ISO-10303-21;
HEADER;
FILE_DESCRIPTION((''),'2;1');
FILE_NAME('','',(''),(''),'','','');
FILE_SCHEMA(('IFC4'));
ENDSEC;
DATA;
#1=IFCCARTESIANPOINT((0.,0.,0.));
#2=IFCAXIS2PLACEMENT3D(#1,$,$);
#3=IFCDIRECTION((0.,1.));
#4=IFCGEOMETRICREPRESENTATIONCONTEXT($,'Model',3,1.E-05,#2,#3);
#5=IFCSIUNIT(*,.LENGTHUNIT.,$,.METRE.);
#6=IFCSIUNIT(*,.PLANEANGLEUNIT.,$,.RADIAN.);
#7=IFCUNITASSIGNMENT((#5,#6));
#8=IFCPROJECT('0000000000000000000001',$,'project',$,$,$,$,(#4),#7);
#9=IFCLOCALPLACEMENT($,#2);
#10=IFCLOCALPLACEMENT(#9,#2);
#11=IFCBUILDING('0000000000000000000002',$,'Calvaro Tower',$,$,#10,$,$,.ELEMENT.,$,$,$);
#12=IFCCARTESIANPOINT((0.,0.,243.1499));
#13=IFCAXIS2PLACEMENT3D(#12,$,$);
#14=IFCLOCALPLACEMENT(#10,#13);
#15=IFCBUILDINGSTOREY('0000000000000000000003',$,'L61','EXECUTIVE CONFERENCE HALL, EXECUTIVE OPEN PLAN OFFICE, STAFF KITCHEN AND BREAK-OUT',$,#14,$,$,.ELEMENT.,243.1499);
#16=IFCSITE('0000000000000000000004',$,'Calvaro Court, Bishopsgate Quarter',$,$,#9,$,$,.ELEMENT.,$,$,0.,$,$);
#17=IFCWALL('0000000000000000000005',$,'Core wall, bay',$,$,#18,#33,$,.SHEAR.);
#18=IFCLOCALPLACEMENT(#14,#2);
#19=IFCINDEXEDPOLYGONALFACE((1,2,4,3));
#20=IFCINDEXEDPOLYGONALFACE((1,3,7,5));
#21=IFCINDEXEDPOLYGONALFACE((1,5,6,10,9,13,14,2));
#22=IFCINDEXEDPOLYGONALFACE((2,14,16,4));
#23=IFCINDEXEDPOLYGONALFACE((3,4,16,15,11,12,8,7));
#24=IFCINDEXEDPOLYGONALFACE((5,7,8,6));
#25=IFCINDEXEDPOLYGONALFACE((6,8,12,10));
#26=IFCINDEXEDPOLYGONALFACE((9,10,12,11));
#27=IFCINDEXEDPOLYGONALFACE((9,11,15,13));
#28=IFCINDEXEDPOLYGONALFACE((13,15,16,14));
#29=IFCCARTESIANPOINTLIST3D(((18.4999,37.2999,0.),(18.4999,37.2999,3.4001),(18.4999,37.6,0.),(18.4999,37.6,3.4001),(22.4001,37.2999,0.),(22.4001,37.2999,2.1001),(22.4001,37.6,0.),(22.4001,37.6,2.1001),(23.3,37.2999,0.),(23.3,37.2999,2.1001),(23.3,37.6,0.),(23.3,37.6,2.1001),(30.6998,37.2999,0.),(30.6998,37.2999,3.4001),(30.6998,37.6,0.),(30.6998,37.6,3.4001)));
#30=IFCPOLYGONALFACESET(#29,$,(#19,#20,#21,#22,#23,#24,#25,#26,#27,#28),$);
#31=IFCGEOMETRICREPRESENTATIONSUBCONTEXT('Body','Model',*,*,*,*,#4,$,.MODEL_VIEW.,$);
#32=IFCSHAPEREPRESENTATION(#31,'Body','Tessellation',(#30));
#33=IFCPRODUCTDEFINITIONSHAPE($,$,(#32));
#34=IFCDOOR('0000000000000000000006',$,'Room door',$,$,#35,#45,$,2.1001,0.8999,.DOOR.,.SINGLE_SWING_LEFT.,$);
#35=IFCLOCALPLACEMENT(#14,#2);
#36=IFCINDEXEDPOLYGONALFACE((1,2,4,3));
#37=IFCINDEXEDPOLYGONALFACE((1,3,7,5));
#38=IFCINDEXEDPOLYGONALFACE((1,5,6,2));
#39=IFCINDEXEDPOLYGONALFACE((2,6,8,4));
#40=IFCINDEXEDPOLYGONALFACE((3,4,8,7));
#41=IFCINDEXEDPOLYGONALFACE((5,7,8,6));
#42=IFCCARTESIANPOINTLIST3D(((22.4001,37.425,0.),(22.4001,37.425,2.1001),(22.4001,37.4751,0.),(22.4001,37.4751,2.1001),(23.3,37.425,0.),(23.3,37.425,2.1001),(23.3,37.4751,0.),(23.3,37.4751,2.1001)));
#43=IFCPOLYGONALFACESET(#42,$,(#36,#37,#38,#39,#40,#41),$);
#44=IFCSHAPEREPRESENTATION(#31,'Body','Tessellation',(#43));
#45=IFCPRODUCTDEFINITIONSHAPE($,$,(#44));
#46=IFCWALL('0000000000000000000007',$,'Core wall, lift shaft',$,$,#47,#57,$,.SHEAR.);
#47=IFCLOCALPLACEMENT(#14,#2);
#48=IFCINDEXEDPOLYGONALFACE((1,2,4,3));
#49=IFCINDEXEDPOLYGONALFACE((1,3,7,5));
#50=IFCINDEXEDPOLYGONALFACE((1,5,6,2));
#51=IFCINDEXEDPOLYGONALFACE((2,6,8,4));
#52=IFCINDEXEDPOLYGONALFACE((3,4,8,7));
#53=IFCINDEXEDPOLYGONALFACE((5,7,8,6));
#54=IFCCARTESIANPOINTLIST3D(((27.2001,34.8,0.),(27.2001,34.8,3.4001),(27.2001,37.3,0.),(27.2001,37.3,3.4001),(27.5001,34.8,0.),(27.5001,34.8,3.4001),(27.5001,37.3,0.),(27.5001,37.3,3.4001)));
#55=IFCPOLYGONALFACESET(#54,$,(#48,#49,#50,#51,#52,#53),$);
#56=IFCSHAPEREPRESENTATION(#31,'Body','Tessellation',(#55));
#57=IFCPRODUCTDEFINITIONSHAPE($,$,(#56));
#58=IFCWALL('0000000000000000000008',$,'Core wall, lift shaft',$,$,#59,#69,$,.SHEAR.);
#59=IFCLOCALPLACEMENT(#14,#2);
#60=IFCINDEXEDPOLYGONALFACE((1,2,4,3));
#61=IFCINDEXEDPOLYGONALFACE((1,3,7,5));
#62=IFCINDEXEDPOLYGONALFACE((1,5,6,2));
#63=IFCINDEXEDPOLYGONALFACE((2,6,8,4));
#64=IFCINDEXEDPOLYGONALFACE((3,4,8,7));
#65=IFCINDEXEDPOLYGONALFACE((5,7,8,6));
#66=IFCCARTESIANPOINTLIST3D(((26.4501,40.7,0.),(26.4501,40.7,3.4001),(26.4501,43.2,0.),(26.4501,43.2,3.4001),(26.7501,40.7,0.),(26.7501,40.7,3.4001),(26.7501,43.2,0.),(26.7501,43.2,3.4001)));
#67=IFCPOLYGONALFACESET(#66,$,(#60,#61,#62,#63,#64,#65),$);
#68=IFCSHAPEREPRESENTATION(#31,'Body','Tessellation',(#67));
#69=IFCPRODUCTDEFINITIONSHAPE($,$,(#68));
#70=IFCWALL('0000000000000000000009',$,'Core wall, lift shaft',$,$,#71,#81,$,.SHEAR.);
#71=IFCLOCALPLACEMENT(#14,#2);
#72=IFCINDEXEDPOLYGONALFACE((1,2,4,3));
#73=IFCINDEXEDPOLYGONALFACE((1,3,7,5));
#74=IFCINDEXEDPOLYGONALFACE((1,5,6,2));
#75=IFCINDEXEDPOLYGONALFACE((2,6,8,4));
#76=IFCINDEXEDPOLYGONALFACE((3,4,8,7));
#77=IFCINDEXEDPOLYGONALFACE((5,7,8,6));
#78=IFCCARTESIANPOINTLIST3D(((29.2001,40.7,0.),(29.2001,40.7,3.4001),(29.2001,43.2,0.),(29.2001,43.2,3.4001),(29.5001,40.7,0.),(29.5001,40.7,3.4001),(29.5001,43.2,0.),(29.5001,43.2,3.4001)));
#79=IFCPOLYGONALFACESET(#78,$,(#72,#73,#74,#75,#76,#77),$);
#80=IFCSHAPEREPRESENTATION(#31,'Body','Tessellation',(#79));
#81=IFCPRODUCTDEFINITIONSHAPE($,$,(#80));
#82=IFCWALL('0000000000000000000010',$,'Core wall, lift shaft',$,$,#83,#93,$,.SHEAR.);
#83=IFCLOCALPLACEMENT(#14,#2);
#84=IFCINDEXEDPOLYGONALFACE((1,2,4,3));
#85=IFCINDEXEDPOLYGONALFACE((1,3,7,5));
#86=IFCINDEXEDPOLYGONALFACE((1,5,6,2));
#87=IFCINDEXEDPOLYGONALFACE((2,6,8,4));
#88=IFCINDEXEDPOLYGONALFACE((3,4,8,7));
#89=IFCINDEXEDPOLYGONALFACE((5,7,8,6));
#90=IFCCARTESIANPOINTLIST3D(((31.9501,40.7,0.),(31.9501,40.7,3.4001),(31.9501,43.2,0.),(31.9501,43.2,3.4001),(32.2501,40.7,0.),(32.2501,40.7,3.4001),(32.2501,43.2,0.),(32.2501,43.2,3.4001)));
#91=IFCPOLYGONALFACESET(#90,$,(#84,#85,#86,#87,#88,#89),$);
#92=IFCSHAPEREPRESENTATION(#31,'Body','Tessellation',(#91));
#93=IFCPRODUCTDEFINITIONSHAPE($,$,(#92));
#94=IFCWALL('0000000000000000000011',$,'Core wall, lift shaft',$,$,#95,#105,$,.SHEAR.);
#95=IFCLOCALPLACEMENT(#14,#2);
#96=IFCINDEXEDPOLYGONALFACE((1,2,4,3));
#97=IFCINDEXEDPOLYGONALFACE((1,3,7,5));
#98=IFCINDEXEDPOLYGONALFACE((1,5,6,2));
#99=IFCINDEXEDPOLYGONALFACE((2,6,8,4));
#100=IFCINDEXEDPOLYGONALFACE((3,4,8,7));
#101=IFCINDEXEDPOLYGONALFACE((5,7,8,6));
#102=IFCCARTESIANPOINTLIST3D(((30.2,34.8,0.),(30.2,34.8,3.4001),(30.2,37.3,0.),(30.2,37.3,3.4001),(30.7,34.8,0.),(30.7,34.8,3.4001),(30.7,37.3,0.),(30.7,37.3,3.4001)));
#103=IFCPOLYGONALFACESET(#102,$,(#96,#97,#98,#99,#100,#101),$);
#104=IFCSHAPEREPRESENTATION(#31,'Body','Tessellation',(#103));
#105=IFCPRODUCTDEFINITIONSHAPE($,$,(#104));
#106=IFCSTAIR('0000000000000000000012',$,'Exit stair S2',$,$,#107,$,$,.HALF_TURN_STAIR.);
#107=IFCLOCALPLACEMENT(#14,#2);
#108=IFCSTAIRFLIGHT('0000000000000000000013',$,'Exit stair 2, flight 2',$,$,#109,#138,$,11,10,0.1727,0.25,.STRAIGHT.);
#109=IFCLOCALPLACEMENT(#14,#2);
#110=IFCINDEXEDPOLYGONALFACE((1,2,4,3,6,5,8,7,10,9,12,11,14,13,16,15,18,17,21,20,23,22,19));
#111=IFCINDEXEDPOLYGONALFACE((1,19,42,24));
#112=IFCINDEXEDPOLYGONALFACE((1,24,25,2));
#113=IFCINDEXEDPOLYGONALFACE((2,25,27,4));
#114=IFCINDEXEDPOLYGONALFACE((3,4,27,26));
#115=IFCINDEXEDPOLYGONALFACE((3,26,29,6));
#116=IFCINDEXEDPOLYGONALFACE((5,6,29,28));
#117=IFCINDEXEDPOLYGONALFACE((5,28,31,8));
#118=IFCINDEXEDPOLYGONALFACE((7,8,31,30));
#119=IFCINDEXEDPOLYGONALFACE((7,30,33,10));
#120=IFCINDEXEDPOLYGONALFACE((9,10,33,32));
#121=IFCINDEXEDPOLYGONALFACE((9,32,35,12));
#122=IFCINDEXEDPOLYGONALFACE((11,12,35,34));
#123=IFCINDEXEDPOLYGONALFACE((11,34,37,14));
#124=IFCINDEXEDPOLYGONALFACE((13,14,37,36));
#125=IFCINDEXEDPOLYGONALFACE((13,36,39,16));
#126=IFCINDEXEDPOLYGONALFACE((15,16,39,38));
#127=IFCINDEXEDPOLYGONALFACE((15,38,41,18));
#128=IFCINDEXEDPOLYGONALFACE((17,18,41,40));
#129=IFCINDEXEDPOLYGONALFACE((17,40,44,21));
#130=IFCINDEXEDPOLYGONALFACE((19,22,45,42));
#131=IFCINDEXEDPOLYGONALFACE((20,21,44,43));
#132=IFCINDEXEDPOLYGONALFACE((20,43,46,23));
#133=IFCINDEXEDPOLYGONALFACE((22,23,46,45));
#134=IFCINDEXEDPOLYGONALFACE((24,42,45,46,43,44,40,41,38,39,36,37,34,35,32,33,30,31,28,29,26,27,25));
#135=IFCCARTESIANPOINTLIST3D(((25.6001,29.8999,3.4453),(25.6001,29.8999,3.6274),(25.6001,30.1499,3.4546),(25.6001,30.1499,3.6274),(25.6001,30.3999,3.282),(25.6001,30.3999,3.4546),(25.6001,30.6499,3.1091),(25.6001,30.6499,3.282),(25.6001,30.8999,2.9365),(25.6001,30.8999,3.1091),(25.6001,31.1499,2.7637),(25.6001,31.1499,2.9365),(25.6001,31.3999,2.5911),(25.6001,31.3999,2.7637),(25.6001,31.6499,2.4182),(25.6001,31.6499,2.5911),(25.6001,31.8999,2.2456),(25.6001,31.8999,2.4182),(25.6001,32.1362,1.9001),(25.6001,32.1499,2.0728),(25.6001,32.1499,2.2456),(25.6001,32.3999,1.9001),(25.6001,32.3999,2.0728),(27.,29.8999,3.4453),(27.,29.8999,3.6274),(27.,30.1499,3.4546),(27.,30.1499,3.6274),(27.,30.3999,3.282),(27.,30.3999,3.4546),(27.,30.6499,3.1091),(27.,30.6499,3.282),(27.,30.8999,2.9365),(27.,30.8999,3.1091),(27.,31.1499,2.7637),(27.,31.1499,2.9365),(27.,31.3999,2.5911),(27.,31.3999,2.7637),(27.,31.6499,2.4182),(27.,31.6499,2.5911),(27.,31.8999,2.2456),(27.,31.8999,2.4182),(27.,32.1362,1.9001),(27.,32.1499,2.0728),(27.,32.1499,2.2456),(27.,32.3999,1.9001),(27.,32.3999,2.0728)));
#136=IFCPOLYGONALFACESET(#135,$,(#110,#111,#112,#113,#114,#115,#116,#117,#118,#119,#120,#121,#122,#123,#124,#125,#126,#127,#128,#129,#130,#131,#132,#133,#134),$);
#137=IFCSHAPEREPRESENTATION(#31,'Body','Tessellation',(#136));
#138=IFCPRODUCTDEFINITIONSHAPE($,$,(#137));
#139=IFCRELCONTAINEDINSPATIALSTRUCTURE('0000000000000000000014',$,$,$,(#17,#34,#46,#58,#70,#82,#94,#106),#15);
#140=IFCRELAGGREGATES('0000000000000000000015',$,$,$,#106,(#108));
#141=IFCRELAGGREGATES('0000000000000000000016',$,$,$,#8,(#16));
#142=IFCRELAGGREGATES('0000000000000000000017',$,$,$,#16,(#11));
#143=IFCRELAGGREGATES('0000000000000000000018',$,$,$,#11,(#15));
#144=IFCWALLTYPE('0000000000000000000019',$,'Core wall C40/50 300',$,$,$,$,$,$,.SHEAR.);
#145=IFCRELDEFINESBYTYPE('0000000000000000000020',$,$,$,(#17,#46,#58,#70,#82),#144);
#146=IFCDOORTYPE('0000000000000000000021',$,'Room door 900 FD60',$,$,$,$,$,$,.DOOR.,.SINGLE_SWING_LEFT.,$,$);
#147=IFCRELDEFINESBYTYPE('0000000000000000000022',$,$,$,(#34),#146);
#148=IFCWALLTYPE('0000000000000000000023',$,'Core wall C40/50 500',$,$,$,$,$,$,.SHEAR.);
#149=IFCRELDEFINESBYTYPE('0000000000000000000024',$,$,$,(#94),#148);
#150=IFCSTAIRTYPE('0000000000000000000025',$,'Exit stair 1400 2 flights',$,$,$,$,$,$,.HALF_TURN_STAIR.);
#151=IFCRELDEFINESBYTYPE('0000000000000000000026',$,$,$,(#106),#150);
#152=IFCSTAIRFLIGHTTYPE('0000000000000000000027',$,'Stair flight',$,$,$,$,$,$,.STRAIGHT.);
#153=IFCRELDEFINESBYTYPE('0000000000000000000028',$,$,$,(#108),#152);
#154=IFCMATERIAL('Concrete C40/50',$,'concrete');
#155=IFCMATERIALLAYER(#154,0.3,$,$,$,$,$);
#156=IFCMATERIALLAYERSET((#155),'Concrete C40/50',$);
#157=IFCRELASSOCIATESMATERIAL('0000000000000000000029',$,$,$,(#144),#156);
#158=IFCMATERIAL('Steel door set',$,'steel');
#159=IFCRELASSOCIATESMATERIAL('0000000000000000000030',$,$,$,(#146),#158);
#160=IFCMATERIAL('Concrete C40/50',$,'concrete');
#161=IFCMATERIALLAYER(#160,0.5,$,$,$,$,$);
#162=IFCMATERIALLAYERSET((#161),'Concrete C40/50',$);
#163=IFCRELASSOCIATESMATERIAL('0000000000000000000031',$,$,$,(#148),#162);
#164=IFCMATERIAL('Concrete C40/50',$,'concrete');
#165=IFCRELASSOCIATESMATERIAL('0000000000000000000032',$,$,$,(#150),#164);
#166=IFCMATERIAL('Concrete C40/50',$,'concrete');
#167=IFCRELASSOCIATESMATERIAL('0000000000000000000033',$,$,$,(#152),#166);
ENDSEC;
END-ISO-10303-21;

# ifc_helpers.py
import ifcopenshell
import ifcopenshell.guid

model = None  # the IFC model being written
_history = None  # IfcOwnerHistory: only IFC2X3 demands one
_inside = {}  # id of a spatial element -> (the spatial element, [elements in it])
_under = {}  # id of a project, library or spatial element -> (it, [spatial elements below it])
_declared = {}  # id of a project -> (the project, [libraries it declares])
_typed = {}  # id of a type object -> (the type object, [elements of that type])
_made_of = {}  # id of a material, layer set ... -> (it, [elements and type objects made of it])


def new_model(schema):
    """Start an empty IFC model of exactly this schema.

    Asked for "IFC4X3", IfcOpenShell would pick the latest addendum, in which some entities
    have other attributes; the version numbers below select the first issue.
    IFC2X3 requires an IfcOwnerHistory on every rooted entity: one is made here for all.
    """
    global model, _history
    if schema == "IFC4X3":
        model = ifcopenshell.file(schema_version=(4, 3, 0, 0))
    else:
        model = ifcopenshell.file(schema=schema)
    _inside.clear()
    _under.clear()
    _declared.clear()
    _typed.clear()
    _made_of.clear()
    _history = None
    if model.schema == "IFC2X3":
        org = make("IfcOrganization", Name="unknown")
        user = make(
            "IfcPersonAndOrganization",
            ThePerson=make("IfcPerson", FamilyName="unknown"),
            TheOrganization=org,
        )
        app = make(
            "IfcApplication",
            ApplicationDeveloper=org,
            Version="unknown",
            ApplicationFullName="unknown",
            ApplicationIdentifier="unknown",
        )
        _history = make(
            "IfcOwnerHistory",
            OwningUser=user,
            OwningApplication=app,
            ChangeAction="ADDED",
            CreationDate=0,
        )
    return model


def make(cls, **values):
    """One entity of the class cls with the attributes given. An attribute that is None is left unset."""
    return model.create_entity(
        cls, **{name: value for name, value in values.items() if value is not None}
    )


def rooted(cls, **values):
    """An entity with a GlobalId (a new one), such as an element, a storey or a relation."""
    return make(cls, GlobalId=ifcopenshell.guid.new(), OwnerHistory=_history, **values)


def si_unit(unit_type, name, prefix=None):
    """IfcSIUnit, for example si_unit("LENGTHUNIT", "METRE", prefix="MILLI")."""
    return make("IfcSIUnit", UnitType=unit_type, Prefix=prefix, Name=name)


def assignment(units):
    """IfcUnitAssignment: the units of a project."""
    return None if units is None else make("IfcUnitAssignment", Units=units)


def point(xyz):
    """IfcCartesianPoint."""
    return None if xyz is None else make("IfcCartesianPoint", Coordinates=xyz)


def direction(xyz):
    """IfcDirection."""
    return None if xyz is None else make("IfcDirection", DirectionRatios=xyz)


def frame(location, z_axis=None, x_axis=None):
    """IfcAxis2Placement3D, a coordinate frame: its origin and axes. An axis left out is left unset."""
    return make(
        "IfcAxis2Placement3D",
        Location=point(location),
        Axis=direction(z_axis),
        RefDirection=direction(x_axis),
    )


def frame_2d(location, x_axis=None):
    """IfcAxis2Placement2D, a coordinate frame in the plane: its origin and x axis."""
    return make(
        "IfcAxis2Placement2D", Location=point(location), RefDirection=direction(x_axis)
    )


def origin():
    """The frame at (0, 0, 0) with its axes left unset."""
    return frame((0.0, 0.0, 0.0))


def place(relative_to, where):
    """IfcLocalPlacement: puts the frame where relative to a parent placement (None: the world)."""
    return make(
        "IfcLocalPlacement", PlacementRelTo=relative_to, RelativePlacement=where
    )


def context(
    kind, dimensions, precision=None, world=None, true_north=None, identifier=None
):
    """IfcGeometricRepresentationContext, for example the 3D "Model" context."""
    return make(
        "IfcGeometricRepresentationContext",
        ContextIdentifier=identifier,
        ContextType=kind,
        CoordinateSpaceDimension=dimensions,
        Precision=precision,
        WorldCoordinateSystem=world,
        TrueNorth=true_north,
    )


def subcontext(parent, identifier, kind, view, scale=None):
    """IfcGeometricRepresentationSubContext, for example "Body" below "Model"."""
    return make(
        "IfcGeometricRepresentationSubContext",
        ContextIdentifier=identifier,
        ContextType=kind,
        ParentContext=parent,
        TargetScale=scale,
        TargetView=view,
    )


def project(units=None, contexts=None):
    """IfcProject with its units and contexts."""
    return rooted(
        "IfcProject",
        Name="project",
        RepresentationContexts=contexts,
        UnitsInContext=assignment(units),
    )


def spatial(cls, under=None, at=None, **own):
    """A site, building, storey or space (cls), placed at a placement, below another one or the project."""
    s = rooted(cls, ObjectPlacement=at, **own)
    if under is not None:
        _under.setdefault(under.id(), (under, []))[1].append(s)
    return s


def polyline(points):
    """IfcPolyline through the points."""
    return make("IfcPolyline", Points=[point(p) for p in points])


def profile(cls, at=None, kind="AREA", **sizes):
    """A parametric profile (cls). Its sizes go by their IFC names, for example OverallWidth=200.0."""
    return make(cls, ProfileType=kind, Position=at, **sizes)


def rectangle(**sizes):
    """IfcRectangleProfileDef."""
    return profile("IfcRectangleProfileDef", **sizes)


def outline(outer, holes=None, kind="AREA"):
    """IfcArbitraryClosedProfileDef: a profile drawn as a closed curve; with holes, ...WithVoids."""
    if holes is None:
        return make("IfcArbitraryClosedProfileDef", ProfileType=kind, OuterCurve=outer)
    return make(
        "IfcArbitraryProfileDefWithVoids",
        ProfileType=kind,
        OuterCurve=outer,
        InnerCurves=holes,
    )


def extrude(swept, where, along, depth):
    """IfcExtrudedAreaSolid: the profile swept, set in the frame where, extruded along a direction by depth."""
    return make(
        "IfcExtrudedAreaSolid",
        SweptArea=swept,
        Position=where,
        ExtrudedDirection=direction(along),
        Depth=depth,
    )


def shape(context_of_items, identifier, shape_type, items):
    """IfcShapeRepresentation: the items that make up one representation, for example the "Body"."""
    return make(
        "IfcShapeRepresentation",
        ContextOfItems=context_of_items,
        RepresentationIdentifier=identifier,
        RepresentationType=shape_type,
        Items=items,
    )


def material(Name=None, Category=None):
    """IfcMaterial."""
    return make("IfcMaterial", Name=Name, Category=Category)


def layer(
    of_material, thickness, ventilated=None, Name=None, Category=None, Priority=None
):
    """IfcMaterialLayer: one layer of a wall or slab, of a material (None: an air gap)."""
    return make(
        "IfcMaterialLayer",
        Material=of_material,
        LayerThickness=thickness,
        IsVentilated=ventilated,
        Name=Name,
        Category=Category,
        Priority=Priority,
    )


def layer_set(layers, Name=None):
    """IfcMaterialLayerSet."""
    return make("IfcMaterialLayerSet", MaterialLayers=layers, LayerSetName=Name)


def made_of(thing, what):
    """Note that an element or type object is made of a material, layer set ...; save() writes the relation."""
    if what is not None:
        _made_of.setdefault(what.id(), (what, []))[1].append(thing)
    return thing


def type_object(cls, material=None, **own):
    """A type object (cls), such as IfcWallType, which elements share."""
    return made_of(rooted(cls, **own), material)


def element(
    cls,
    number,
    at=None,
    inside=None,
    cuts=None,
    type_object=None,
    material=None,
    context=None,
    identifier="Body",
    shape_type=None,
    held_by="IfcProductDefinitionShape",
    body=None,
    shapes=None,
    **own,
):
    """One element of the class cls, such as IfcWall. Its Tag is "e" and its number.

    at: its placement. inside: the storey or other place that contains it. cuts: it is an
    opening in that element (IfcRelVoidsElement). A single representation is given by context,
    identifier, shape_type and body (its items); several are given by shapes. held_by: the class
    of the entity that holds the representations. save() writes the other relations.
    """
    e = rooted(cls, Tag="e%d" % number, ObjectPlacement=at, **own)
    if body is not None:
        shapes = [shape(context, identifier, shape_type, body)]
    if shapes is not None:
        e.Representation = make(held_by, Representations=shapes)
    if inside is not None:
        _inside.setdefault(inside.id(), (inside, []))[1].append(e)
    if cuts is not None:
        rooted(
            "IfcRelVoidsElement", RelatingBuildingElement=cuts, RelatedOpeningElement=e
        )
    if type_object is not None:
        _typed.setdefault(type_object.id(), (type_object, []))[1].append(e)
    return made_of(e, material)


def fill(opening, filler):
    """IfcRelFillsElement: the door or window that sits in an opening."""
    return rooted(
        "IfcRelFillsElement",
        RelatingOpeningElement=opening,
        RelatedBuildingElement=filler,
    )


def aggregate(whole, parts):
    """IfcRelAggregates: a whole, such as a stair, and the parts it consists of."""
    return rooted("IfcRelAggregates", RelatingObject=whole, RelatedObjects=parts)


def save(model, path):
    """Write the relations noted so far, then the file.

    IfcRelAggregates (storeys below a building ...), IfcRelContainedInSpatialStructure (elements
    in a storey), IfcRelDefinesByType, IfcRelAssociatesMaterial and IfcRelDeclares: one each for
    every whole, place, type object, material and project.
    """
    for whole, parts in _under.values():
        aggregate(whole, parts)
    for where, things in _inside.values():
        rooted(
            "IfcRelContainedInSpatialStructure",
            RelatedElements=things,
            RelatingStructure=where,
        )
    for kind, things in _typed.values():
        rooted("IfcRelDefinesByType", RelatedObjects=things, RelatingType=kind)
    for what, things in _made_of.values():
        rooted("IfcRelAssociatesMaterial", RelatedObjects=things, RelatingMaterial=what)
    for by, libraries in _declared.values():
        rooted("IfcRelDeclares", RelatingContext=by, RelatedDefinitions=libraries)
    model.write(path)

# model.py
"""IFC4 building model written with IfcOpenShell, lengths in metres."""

from ifc_helpers import new_model, si_unit, direction, frame, frame_2d, origin, place, context, subcontext, project, spatial, polyline, rectangle, outline, extrude, material, layer, layer_set, type_object, element, fill, aggregate, save


model = new_model("IFC4")

# Units and contexts
model_context = context("Model", 3, precision=1e-05, world=origin(), true_north=direction((0.0, 1.0)))
body_context = subcontext(model_context, "Body", "Model", "MODEL_VIEW")
ifc_project = project(units=[si_unit("LENGTHUNIT", "METRE"), si_unit("PLANEANGLEUNIT", "RADIAN")], contexts=[model_context])

# Site, building, storey
site_placement = place(None, origin())
site = spatial("IfcSite", under=ifc_project, at=site_placement, Name="Calvaro Court, Bishopsgate Quarter", CompositionType="ELEMENT", RefElevation=0.0)
building_placement = place(site_placement, origin())
building = spatial("IfcBuilding", under=site, at=building_placement, Name="Calvaro Tower", CompositionType="ELEMENT")
storey_placement = place(building_placement, frame((0.0, 0.0, 243.1499)))
storey = spatial("IfcBuildingStorey", under=building, at=storey_placement, Name="L61", Description="EXECUTIVE CONFERENCE HALL, EXECUTIVE OPEN PLAN OFFICE, STAFF KITCHEN AND BREAK-OUT", CompositionType="ELEMENT", Elevation=243.1499)

# Wall, opening, door
ifc_material_1 = material(Name="Concrete C40/50", Category="concrete")
ifc_layer_1 = layer(ifc_material_1, 0.3)
ifc_layer_set_1 = layer_set([ifc_layer_1], Name="Concrete C40/50")
wall_type_1 = type_object("IfcWallType", Name="Core wall C40/50 300", PredefinedType="SHEAR", material=ifc_layer_set_1)
wall_1_placement = place(storey_placement, frame((30.7, 37.45, 0.0), z_axis=(0.0, 0.0, 1.0), x_axis=(-1.0, 0.0, 0.0)))
wall_1 = element("IfcWall", 1, at=wall_1_placement, inside=storey, type_object=wall_type_1, Name="Core wall, bay", PredefinedType="SHEAR", context=body_context, shape_type="SweptSolid", body=[
    extrude(rectangle(XDim=12.2, YDim=0.3, at=frame_2d((6.1001, 0.0))), origin(), (0.0, 0.0, 1.0), 3.4001),
])
opening_placement = place(wall_1_placement, frame((7.3999, 0.0, 0.0)))
opening = element("IfcOpeningElement", 2, at=opening_placement, cuts=wall_1, PredefinedType="OPENING", context=body_context, shape_type="SweptSolid", body=[
    extrude(rectangle(XDim=0.8999, YDim=2.1001, at=frame_2d((0.45, 1.05))), frame((0.0, 0.1599, 0.0), z_axis=(0.0, -1.0, 0.0), x_axis=(1.0, 0.0, 0.0)), (0.0, 0.0, 1.0), 0.3201),
])
ifc_material_2 = material(Name="Steel door set", Category="steel")
door_type = type_object("IfcDoorType", Name="Room door 900 FD60", OperationType="SINGLE_SWING_LEFT", PredefinedType="DOOR", material=ifc_material_2)
door_placement = place(opening_placement, origin())
door = element("IfcDoor", 3, at=door_placement, inside=storey, type_object=door_type, Name="Room door", OperationType="SINGLE_SWING_LEFT", OverallHeight=2.1001, OverallWidth=0.8999, PredefinedType="DOOR", context=body_context, shape_type="SweptSolid", body=[
    extrude(rectangle(XDim=0.8999, YDim=2.1001, at=frame_2d((0.45, 1.05))), frame((0.0, 0.0249, 0.0), z_axis=(0.0, -1.0, 0.0), x_axis=(1.0, 0.0, 0.0)), (0.0, 0.0, 1.0), 0.05),
])
fill(opening, door)

# Walls
for number, where, z_axis, x_axis, name in (
    (4, (27.3501, 34.8, 0.0), (0.0, 0.0, 1.0), (0.0, 1.0, 0.0), "Core wall, lift shaft"),
    (5, (26.6001, 40.7, 0.0), (0.0, 0.0, 1.0), (0.0, 1.0, 0.0), "Core wall, lift shaft"),
    (6, (29.3501, 40.7, 0.0), (0.0, 0.0, 1.0), (0.0, 1.0, 0.0), "Core wall, lift shaft"),
    (7, (32.1001, 40.7, 0.0), (0.0, 0.0, 1.0), (0.0, 1.0, 0.0), "Core wall, lift shaft"),
):
    element("IfcWall", number, at=place(storey_placement, frame(where, z_axis=z_axis, x_axis=x_axis)), inside=storey, type_object=wall_type_1, Name=name, PredefinedType="SHEAR", context=body_context, shape_type="SweptSolid", body=[
        extrude(rectangle(XDim=2.5, YDim=0.3, at=frame_2d((1.25, 0.0))), origin(), (0.0, 0.0, 1.0), 3.4001),
    ])
ifc_material_3 = material(Name="Concrete C40/50", Category="concrete")
ifc_layer_2 = layer(ifc_material_3, 0.5)
ifc_layer_set_2 = layer_set([ifc_layer_2], Name="Concrete C40/50")
wall_type_2 = type_object("IfcWallType", Name="Core wall C40/50 500", PredefinedType="SHEAR", material=ifc_layer_set_2)
wall_2_placement = place(storey_placement, frame((30.45, 34.8, 0.0), z_axis=(0.0, 0.0, 1.0), x_axis=(0.0, 1.0, 0.0)))
element("IfcWall", 8, at=wall_2_placement, inside=storey, type_object=wall_type_2, Name="Core wall, lift shaft", PredefinedType="SHEAR", context=body_context, shape_type="SweptSolid", body=[
    extrude(rectangle(XDim=2.5, YDim=0.5, at=frame_2d((1.25, 0.0))), origin(), (0.0, 0.0, 1.0), 3.4001),
])

# Stair, stair flight
ifc_material_4 = material(Name="Concrete C40/50", Category="concrete")
stair_type = type_object("IfcStairType", Name="Exit stair 1400 2 flights", PredefinedType="HALF_TURN_STAIR", material=ifc_material_4)
stair_placement = place(storey_placement, origin())
stair = element("IfcStair", 9, at=stair_placement, inside=storey, type_object=stair_type, Name="Exit stair S2", PredefinedType="HALF_TURN_STAIR")
ifc_material_5 = material(Name="Concrete C40/50", Category="concrete")
stair_flight_type = type_object("IfcStairFlightType", Name="Stair flight", PredefinedType="STRAIGHT", material=ifc_material_5)
stair_flight_placement = place(storey_placement, frame((26.3, 32.3999, 1.9001), z_axis=(0.0, 0.0, 1.0), x_axis=(0.0, -1.0, 0.0)))
stair_flight = element("IfcStairFlight", 10, at=stair_flight_placement, type_object=stair_flight_type, Name="Exit stair 2, flight 2", NumberOfRisers=11, NumberOfTreads=10, PredefinedType="STRAIGHT", RiserHeight=0.1727, TreadLength=0.25, context=body_context, shape_type="SweptSolid", body=[
    extrude(outline(polyline([(0.0, 0.0), (0.0, 0.1726), (0.25, 0.1726), (0.25, 0.3455), (0.5, 0.3455), (0.5, 0.5181), (0.75, 0.5181), (0.75, 0.6909), (1.0, 0.6909), (1.0, 0.8635), (1.25, 0.8635), (1.25, 1.0364), (1.5, 1.0364), (1.5, 1.209), (1.75, 1.209), (1.75, 1.3818), (2.0, 1.3818), (2.0, 1.5544), (2.25, 1.5544), (2.25, 1.7273), (2.5, 1.7273), (2.5, 1.8999), (2.5, 1.5452), (0.2637, 0.0), (0.0, 0.0)])), frame((0.0, 0.7, 0.0), z_axis=(0.0, -1.0, 0.0), x_axis=(1.0, 0.0, 0.0)), (0.0, 0.0, 1.0), 1.3999),
])
aggregate(stair, [stair_flight])

save(model, "model.ifc")
